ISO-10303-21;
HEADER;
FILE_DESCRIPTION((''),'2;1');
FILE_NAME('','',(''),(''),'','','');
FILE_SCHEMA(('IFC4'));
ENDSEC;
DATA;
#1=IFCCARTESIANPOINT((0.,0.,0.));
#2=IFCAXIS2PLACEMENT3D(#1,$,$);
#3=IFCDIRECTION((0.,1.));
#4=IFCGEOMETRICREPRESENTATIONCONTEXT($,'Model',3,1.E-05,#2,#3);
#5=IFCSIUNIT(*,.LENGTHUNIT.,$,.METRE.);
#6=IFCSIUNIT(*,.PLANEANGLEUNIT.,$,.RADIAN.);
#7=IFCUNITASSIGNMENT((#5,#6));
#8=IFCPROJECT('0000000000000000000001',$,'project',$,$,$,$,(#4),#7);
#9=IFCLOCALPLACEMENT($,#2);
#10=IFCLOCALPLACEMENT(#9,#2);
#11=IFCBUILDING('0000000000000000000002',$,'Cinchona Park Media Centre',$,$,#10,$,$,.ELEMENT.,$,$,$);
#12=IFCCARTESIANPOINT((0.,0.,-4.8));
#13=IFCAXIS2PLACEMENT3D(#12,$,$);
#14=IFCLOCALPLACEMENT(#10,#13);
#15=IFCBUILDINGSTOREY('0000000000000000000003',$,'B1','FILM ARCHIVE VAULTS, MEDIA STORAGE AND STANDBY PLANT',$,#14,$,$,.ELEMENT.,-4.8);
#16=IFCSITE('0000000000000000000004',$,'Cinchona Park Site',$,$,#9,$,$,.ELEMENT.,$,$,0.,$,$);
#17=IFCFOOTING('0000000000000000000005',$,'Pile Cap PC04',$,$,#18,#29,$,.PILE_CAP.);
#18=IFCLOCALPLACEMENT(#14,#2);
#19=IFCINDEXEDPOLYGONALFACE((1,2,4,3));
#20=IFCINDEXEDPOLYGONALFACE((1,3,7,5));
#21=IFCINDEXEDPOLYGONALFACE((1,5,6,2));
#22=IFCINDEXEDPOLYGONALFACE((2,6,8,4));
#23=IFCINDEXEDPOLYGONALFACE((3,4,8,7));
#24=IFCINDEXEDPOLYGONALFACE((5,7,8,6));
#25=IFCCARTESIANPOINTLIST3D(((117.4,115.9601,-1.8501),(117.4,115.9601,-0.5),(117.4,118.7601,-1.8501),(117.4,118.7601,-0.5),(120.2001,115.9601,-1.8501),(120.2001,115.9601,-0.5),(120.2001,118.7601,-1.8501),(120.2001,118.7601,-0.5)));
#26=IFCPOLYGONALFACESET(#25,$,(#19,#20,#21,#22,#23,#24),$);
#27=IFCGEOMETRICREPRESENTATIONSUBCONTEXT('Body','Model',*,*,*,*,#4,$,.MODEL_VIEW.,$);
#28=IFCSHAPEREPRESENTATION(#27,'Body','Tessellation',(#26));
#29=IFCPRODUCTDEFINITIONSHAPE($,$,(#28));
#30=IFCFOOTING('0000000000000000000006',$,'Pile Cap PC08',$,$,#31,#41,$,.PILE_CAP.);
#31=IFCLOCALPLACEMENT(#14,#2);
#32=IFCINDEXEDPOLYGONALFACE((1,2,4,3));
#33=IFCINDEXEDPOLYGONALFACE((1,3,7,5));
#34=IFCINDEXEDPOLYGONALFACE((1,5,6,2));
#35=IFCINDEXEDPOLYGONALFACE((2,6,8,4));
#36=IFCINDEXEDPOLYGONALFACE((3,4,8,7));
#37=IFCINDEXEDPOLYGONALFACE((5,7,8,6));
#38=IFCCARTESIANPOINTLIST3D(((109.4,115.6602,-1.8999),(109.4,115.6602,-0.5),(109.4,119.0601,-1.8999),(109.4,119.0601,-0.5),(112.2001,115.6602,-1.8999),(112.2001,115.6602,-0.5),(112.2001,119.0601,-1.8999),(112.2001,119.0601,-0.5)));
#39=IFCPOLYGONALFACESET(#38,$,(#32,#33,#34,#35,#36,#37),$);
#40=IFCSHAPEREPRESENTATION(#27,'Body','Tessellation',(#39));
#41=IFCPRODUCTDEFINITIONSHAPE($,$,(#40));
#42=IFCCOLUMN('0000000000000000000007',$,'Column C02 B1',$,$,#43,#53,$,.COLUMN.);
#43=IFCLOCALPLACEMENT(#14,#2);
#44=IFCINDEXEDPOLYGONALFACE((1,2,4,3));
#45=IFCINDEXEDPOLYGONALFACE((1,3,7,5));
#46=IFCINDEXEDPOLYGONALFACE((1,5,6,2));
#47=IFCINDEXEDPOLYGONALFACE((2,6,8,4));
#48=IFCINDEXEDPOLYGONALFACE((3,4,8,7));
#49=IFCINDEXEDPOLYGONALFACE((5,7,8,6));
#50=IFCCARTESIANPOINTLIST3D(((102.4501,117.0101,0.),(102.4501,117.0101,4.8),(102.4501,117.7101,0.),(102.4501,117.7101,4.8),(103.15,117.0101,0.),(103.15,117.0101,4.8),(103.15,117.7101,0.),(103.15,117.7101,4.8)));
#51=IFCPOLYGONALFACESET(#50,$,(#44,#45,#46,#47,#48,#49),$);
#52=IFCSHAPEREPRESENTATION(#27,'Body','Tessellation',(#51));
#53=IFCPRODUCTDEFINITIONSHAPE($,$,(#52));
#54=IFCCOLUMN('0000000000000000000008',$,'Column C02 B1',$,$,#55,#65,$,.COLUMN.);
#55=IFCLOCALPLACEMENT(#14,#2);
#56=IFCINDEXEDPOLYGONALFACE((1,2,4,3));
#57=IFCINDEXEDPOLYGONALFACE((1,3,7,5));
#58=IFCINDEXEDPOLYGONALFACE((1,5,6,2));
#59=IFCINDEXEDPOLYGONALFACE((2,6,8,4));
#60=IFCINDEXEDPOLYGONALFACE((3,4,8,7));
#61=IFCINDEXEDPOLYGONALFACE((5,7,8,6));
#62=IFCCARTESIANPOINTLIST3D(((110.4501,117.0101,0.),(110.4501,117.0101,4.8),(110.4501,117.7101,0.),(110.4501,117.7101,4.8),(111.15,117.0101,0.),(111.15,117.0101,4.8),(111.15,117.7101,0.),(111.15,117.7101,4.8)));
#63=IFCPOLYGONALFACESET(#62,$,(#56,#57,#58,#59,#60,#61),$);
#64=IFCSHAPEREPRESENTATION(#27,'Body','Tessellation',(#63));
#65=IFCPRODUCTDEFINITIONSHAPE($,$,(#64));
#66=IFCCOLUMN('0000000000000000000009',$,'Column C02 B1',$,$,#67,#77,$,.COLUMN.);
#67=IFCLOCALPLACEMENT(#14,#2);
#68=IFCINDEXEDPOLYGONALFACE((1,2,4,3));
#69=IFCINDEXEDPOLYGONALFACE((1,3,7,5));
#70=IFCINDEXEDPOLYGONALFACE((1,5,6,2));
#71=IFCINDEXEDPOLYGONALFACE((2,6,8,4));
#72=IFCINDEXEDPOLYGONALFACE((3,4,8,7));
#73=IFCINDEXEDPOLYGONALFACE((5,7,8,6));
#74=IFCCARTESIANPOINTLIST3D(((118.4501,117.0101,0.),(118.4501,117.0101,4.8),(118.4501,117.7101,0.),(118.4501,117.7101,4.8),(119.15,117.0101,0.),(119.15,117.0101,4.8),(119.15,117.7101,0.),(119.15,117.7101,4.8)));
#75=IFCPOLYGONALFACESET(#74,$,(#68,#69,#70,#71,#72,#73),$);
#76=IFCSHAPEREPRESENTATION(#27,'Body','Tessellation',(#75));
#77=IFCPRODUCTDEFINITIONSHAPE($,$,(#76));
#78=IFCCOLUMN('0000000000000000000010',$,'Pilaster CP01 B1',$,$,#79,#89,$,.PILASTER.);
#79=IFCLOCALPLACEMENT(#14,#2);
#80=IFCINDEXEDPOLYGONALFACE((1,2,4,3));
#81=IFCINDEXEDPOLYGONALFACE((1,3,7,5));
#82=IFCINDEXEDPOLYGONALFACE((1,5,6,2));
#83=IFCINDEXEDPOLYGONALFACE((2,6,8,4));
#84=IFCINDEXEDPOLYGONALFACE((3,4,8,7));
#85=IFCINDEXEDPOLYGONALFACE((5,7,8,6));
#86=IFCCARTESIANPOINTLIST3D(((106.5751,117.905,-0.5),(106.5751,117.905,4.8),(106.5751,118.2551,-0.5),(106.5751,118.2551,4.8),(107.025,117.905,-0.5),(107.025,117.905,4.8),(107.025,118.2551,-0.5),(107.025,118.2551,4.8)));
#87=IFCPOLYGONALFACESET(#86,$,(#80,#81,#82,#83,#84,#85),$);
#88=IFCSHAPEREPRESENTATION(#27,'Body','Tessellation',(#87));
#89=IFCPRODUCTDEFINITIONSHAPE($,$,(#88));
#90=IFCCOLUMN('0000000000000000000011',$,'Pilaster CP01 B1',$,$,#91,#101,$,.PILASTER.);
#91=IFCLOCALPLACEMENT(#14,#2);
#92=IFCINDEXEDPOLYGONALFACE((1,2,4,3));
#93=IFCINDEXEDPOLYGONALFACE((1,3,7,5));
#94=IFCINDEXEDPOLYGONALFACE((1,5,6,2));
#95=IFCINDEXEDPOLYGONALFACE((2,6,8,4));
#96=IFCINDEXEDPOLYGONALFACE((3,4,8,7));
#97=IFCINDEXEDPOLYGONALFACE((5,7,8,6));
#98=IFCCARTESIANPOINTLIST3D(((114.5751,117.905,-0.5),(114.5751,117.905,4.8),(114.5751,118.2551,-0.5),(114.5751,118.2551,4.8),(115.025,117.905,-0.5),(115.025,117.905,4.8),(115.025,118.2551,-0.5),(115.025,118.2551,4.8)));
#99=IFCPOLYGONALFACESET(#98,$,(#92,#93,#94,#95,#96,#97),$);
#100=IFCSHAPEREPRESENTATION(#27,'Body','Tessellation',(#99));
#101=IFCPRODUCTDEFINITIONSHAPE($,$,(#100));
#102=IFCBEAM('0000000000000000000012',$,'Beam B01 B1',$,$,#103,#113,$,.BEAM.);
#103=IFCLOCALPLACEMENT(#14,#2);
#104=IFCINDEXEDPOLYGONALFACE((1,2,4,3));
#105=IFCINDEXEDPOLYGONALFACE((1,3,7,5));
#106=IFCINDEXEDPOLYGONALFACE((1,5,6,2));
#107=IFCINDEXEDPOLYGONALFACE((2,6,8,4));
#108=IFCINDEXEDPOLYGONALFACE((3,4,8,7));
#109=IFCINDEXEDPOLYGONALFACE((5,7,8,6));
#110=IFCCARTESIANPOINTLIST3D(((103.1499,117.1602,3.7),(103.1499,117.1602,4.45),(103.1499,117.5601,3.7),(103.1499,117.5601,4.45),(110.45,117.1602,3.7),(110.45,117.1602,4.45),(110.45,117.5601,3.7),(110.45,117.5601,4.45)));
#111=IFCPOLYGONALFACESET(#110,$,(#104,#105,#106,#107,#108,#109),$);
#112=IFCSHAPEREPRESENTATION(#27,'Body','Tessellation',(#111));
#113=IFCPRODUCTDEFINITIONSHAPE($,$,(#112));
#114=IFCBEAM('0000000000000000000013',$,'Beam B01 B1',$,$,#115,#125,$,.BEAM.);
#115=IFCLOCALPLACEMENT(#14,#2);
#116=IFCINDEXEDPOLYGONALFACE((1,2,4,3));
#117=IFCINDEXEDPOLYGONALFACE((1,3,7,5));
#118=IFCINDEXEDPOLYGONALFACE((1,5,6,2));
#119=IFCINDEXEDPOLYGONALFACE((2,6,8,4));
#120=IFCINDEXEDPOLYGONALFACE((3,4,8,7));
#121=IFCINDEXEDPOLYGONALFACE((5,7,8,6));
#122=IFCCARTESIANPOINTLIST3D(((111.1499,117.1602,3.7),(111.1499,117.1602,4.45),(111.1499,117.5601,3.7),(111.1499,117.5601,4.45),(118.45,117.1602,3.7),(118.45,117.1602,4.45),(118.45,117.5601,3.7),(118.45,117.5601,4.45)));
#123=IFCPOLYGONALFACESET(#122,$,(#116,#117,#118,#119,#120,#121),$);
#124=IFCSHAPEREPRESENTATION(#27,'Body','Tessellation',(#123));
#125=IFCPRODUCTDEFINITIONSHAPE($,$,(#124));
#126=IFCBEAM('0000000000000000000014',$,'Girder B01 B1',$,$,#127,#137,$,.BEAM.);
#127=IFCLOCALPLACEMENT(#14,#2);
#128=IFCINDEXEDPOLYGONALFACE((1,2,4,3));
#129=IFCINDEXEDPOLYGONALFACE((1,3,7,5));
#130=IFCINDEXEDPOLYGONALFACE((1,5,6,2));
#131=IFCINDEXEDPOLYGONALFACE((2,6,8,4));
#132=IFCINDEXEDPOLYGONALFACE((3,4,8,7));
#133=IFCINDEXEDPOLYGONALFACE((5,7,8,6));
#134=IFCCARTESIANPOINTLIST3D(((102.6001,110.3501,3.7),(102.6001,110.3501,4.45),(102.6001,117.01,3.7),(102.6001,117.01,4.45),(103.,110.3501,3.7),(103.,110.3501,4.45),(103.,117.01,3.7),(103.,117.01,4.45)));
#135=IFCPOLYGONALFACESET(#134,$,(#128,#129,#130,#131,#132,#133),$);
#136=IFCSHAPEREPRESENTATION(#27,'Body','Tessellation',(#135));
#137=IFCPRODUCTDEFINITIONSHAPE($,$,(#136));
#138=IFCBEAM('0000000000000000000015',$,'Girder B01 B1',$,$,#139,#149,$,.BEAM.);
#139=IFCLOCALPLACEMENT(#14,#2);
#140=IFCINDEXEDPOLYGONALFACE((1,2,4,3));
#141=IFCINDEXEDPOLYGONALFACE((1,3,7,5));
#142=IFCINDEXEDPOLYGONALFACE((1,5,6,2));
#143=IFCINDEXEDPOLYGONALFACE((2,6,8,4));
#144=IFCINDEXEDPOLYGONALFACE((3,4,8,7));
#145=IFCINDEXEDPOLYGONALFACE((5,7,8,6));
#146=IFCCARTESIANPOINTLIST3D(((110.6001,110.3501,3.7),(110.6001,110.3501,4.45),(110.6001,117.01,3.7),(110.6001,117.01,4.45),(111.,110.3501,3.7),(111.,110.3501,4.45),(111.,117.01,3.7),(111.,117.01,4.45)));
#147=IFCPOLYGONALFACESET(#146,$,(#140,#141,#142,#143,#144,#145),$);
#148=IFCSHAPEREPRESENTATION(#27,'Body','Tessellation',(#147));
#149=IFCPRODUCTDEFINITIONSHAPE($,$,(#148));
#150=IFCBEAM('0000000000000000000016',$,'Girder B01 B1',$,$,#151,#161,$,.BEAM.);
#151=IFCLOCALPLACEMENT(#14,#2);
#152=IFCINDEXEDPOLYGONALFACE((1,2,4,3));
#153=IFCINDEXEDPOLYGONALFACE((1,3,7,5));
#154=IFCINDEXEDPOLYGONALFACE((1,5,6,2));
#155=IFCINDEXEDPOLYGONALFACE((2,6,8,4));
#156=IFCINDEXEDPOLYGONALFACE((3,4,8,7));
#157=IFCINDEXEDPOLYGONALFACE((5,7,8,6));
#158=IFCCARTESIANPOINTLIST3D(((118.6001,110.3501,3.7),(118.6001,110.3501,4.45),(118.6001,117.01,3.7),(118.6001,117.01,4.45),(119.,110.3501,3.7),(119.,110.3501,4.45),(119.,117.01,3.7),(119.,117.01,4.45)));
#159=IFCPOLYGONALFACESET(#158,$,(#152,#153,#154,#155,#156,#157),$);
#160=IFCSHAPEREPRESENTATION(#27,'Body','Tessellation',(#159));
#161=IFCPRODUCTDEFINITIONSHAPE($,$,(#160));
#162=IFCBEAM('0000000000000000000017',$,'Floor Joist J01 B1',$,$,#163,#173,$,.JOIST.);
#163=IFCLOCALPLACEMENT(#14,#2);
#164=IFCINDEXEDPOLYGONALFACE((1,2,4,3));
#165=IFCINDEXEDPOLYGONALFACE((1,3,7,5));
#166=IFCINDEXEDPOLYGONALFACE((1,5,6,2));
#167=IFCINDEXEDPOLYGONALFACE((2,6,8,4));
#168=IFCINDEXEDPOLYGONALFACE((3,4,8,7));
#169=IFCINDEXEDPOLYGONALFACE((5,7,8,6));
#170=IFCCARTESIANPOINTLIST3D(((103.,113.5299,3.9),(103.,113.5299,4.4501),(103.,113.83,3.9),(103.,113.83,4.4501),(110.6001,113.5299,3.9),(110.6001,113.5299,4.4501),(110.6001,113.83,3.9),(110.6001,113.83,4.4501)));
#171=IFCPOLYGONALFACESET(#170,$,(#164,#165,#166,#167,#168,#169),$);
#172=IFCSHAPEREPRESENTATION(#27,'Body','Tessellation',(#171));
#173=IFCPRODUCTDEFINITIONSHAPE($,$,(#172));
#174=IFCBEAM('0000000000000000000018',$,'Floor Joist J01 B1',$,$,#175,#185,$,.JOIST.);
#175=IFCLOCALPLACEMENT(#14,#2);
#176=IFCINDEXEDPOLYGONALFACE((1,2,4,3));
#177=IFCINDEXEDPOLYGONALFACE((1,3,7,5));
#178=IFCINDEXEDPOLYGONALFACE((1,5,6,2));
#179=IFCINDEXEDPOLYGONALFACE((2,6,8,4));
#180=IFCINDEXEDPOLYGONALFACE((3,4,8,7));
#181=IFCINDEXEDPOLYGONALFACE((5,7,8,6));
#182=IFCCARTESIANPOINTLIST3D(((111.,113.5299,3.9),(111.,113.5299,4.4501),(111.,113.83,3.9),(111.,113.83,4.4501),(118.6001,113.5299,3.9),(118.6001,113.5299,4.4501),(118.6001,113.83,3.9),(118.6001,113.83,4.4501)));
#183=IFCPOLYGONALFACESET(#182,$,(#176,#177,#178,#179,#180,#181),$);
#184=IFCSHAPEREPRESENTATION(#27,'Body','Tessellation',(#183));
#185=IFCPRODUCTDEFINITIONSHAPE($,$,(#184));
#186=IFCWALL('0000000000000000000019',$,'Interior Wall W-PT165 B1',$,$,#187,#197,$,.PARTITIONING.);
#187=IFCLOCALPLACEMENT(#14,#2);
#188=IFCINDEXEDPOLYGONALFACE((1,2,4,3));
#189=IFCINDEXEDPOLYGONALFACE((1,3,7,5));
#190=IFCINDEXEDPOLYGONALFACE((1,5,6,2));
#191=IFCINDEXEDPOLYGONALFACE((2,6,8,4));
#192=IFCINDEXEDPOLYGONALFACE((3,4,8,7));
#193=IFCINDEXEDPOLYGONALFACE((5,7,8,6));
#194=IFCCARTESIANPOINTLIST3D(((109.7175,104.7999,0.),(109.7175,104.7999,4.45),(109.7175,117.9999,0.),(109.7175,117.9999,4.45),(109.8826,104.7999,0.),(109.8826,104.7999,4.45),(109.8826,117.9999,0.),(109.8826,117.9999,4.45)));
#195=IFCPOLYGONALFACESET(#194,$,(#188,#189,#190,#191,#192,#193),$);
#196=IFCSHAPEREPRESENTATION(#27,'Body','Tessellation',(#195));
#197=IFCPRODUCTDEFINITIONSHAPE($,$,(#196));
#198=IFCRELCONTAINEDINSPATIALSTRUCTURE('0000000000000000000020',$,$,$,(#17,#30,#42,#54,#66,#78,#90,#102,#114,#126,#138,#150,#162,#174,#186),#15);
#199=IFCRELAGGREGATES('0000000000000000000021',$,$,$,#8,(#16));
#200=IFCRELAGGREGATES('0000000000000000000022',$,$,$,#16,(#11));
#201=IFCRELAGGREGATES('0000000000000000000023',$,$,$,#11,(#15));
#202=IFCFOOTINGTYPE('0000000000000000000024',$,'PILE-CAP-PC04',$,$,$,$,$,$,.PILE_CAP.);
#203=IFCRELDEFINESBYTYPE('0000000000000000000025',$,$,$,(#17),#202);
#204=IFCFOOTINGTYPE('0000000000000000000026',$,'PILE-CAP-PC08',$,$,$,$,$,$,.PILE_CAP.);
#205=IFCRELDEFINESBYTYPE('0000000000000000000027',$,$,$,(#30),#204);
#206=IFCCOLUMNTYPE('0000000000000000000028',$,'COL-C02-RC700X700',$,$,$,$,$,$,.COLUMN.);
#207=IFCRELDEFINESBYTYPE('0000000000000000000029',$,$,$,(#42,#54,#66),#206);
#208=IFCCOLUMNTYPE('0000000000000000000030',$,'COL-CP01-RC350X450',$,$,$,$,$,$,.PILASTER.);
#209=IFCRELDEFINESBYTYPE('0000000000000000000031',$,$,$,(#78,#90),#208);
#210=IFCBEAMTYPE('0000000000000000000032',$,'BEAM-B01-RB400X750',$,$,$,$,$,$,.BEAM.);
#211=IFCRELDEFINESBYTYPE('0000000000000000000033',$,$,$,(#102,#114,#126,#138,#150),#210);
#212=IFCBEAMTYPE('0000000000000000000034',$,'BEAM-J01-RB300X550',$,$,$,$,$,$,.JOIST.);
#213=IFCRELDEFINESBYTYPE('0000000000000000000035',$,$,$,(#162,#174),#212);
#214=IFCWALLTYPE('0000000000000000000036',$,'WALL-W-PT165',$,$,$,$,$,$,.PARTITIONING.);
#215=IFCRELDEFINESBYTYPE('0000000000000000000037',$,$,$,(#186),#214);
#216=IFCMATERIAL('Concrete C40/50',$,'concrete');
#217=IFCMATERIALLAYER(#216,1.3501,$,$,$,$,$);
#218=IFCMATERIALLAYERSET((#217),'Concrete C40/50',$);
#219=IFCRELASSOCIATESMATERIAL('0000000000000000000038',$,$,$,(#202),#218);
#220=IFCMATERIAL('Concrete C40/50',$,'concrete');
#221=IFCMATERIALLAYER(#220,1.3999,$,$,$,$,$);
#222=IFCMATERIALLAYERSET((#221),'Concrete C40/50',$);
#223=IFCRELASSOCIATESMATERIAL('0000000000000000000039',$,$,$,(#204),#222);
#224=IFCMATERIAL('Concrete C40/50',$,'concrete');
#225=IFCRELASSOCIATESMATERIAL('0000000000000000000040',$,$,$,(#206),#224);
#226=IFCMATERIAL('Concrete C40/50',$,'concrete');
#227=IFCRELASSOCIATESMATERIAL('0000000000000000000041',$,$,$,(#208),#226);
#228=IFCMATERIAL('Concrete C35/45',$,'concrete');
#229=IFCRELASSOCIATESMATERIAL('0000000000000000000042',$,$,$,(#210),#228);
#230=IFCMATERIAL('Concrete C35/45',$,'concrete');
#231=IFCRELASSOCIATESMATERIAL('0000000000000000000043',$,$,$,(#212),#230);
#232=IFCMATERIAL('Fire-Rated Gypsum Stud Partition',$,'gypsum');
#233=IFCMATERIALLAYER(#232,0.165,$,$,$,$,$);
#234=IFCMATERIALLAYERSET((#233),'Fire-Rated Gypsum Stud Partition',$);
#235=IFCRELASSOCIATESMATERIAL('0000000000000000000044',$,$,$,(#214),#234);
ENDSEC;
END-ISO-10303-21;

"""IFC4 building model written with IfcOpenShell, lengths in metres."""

from ifc_helpers import new_model, si_unit, direction, frame, frame_2d, origin, origin_2d, place, context, subcontext, project, spatial, rectangle, extrude, material, layer, layer_set, material_profile, profile_set, type_object, element, save


model = new_model("IFC4")

# Units and contexts
model_context = context("Model", 3, precision=1e-05, world=origin(), true_north=direction((0.0, 1.0)))
body_context = subcontext(model_context, "Body", "Model", "MODEL_VIEW")
ifc_project = project(units=[si_unit("LENGTHUNIT", "METRE"), si_unit("PLANEANGLEUNIT", "RADIAN")], contexts=[model_context])

# Site, building, storey
site_placement = place(None, origin())
site = spatial("IfcSite", under=ifc_project, at=site_placement, Name="Cinchona Park Site", CompositionType="ELEMENT", RefElevation=0.0)
building_placement = place(site_placement, origin())
building = spatial("IfcBuilding", under=site, at=building_placement, Name="Cinchona Park Media Centre", CompositionType="ELEMENT")
storey_placement = place(building_placement, frame((0.0, 0.0, -4.8)))
storey = spatial("IfcBuildingStorey", under=building, at=storey_placement, Name="B1", Description="FILM ARCHIVE VAULTS, MEDIA STORAGE AND STANDBY PLANT", CompositionType="ELEMENT", Elevation=-4.8)

# Footings
ifc_material_1 = material(Name="Concrete C40/50", Category="concrete")
ifc_layer_1 = layer(ifc_material_1, 1.3501)
ifc_layer_set_1 = layer_set([ifc_layer_1], Name="Concrete C40/50")
footing_type_1 = type_object("IfcFootingType", Name="PILE-CAP-PC04", PredefinedType="PILE_CAP", material=ifc_layer_set_1)
footing_1_placement = place(storey_placement, frame((118.8, 117.3601, -1.8501), z_axis=(0.0, 0.0, 1.0), x_axis=(1.0, 0.0, 0.0)))
element("IfcFooting", 1, at=footing_1_placement, inside=storey, type_object=footing_type_1, Name="Pile Cap PC04", PredefinedType="PILE_CAP", context=body_context, shape_type="SweptSolid", body=[
    extrude(rectangle(XDim=2.8, YDim=2.8, at=origin_2d()), origin(), (0.0, 0.0, 1.0), 1.3501),
])
ifc_material_2 = material(Name="Concrete C40/50", Category="concrete")
ifc_layer_2 = layer(ifc_material_2, 1.3999)
ifc_layer_set_2 = layer_set([ifc_layer_2], Name="Concrete C40/50")
footing_type_2 = type_object("IfcFootingType", Name="PILE-CAP-PC08", PredefinedType="PILE_CAP", material=ifc_layer_set_2)
footing_2_placement = place(storey_placement, frame((110.8, 117.3601, -1.8999), z_axis=(0.0, 0.0, 1.0), x_axis=(1.0, 0.0, 0.0)))
element("IfcFooting", 2, at=footing_2_placement, inside=storey, type_object=footing_type_2, Name="Pile Cap PC08", PredefinedType="PILE_CAP", context=body_context, shape_type="SweptSolid", body=[
    extrude(rectangle(XDim=2.8, YDim=3.3999, at=origin_2d()), origin(), (0.0, 0.0, 1.0), 1.3999),
])

# Columns
ifc_material_3 = material(Name="Concrete C40/50", Category="concrete")
ifc_material_profile_1 = material_profile(ifc_material_3, rectangle(XDim=0.7, YDim=0.7, at=origin_2d()), Name="RC 700X700")
ifc_profile_set_1 = profile_set([ifc_material_profile_1], Name="Concrete C40/50")
column_type_1 = type_object("IfcColumnType", Name="COL-C02-RC700X700", PredefinedType="COLUMN", material=ifc_profile_set_1)
for number, where, z_axis, x_axis, name in (
    (3, (102.8, 117.3601, 0.0), (0.0, 0.0, 1.0), (1.0, 0.0, 0.0), "Column C02 B1"),
    (4, (110.8, 117.3601, 0.0), (0.0, 0.0, 1.0), (1.0, 0.0, 0.0), "Column C02 B1"),
    (5, (118.8, 117.3601, 0.0), (0.0, 0.0, 1.0), (1.0, 0.0, 0.0), "Column C02 B1"),
):
    element("IfcColumn", number, at=place(storey_placement, frame(where, z_axis=z_axis, x_axis=x_axis)), inside=storey, type_object=column_type_1, Name=name, PredefinedType="COLUMN", context=body_context, shape_type="SweptSolid", body=[
        extrude(rectangle(XDim=0.7, YDim=0.7, at=origin_2d()), origin(), (0.0, 0.0, 1.0), 4.8),
    ])
ifc_material_4 = material(Name="Concrete C40/50", Category="concrete")
ifc_material_profile_2 = material_profile(ifc_material_4, rectangle(XDim=0.3501, YDim=0.45, at=origin_2d()), Name="RC 350X450")
ifc_profile_set_2 = profile_set([ifc_material_profile_2], Name="Concrete C40/50")
column_type_2 = type_object("IfcColumnType", Name="COL-CP01-RC350X450", PredefinedType="PILASTER", material=ifc_profile_set_2)
for number, where, z_axis, x_axis, name in (
    (6, (106.8, 118.0801, -0.5), (0.0, 0.0, 1.0), (0.0, 1.0, 0.0), "Pilaster CP01 B1"),
    (7, (114.8, 118.0801, -0.5), (0.0, 0.0, 1.0), (0.0, 1.0, 0.0), "Pilaster CP01 B1"),
):
    element("IfcColumn", number, at=place(storey_placement, frame(where, z_axis=z_axis, x_axis=x_axis)), inside=storey, type_object=column_type_2, Name=name, PredefinedType="PILASTER", context=body_context, shape_type="SweptSolid", body=[
        extrude(rectangle(XDim=0.3501, YDim=0.45, at=origin_2d()), origin(), (0.0, 0.0, 1.0), 5.3),
    ])

# Beams
ifc_material_5 = material(Name="Concrete C35/45", Category="concrete")
ifc_material_profile_3 = material_profile(ifc_material_5, rectangle(XDim=0.3999, YDim=0.75, at=origin_2d()), Name="RB 400X750")
ifc_profile_set_3 = profile_set([ifc_material_profile_3], Name="Concrete C35/45")
beam_type_1 = type_object("IfcBeamType", Name="BEAM-B01-RB400X750", PredefinedType="BEAM", material=ifc_profile_set_3)
for number, where, z_axis, x_axis, name in (
    (8, (103.1499, 117.3601, 4.075), (1.0, 0.0, 0.0), (0.0, 1.0, 0.0), "Beam B01 B1"),
    (9, (111.1499, 117.3601, 4.075), (1.0, 0.0, 0.0), (0.0, 1.0, 0.0), "Beam B01 B1"),
):
    element("IfcBeam", number, at=place(storey_placement, frame(where, z_axis=z_axis, x_axis=x_axis)), inside=storey, type_object=beam_type_1, Name=name, PredefinedType="BEAM", context=body_context, shape_type="SweptSolid", body=[
        extrude(rectangle(XDim=0.3999, YDim=0.75, at=origin_2d()), origin(), (0.0, 0.0, 1.0), 7.3),
    ])
for number, where, z_axis, x_axis, name in (
    (10, (102.8, 110.3501, 4.075), (0.0, 1.0, 0.0), (-1.0, 0.0, 0.0), "Girder B01 B1"),
    (11, (110.8, 110.3501, 4.075), (0.0, 1.0, 0.0), (-1.0, 0.0, 0.0), "Girder B01 B1"),
    (12, (118.8, 110.3501, 4.075), (0.0, 1.0, 0.0), (-1.0, 0.0, 0.0), "Girder B01 B1"),
):
    element("IfcBeam", number, at=place(storey_placement, frame(where, z_axis=z_axis, x_axis=x_axis)), inside=storey, type_object=beam_type_1, Name=name, PredefinedType="BEAM", context=body_context, shape_type="SweptSolid", body=[
        extrude(rectangle(XDim=0.3999, YDim=0.75, at=origin_2d()), origin(), (0.0, 0.0, 1.0), 6.6599),
    ])
ifc_material_6 = material(Name="Concrete C35/45", Category="concrete")
ifc_material_profile_4 = material_profile(ifc_material_6, rectangle(XDim=0.3, YDim=0.55, at=origin_2d()), Name="RB 300X550")
ifc_profile_set_4 = profile_set([ifc_material_profile_4], Name="Concrete C35/45")
beam_type_2 = type_object("IfcBeamType", Name="BEAM-J01-RB300X550", PredefinedType="JOIST", material=ifc_profile_set_4)
for number, where, z_axis, x_axis, name in (
    (13, (103.0, 113.6799, 4.175), (1.0, 0.0, 0.0), (0.0, 1.0, 0.0), "Floor Joist J01 B1"),
    (14, (111.0, 113.6799, 4.175), (1.0, 0.0, 0.0), (0.0, 1.0, 0.0), "Floor Joist J01 B1"),
):
    element("IfcBeam", number, at=place(storey_placement, frame(where, z_axis=z_axis, x_axis=x_axis)), inside=storey, type_object=beam_type_2, Name=name, PredefinedType="JOIST", context=body_context, shape_type="SweptSolid", body=[
        extrude(rectangle(XDim=0.3, YDim=0.55, at=origin_2d()), origin(), (0.0, 0.0, 1.0), 7.6001),
    ])

# Wall
ifc_material_7 = material(Name="Fire-Rated Gypsum Stud Partition", Category="gypsum")
ifc_layer_3 = layer(ifc_material_7, 0.165)
ifc_layer_set_3 = layer_set([ifc_layer_3], Name="Fire-Rated Gypsum Stud Partition")
wall_type = type_object("IfcWallType", Name="WALL-W-PT165", PredefinedType="PARTITIONING", material=ifc_layer_set_3)
wall_placement = place(storey_placement, frame((109.8, 118.0, 0.0), z_axis=(0.0, 0.0, 1.0), x_axis=(0.0, -1.0, 0.0)))
element("IfcWall", 15, at=wall_placement, inside=storey, type_object=wall_type, Name="Interior Wall W-PT165 B1", PredefinedType="PARTITIONING", context=body_context, shape_type="SweptSolid", body=[
    extrude(rectangle(XDim=13.2, YDim=0.165, at=frame_2d((6.6001, 0.0))), origin(), (0.0, 0.0, 1.0), 4.45),
])

save(model, "model.ifc")
